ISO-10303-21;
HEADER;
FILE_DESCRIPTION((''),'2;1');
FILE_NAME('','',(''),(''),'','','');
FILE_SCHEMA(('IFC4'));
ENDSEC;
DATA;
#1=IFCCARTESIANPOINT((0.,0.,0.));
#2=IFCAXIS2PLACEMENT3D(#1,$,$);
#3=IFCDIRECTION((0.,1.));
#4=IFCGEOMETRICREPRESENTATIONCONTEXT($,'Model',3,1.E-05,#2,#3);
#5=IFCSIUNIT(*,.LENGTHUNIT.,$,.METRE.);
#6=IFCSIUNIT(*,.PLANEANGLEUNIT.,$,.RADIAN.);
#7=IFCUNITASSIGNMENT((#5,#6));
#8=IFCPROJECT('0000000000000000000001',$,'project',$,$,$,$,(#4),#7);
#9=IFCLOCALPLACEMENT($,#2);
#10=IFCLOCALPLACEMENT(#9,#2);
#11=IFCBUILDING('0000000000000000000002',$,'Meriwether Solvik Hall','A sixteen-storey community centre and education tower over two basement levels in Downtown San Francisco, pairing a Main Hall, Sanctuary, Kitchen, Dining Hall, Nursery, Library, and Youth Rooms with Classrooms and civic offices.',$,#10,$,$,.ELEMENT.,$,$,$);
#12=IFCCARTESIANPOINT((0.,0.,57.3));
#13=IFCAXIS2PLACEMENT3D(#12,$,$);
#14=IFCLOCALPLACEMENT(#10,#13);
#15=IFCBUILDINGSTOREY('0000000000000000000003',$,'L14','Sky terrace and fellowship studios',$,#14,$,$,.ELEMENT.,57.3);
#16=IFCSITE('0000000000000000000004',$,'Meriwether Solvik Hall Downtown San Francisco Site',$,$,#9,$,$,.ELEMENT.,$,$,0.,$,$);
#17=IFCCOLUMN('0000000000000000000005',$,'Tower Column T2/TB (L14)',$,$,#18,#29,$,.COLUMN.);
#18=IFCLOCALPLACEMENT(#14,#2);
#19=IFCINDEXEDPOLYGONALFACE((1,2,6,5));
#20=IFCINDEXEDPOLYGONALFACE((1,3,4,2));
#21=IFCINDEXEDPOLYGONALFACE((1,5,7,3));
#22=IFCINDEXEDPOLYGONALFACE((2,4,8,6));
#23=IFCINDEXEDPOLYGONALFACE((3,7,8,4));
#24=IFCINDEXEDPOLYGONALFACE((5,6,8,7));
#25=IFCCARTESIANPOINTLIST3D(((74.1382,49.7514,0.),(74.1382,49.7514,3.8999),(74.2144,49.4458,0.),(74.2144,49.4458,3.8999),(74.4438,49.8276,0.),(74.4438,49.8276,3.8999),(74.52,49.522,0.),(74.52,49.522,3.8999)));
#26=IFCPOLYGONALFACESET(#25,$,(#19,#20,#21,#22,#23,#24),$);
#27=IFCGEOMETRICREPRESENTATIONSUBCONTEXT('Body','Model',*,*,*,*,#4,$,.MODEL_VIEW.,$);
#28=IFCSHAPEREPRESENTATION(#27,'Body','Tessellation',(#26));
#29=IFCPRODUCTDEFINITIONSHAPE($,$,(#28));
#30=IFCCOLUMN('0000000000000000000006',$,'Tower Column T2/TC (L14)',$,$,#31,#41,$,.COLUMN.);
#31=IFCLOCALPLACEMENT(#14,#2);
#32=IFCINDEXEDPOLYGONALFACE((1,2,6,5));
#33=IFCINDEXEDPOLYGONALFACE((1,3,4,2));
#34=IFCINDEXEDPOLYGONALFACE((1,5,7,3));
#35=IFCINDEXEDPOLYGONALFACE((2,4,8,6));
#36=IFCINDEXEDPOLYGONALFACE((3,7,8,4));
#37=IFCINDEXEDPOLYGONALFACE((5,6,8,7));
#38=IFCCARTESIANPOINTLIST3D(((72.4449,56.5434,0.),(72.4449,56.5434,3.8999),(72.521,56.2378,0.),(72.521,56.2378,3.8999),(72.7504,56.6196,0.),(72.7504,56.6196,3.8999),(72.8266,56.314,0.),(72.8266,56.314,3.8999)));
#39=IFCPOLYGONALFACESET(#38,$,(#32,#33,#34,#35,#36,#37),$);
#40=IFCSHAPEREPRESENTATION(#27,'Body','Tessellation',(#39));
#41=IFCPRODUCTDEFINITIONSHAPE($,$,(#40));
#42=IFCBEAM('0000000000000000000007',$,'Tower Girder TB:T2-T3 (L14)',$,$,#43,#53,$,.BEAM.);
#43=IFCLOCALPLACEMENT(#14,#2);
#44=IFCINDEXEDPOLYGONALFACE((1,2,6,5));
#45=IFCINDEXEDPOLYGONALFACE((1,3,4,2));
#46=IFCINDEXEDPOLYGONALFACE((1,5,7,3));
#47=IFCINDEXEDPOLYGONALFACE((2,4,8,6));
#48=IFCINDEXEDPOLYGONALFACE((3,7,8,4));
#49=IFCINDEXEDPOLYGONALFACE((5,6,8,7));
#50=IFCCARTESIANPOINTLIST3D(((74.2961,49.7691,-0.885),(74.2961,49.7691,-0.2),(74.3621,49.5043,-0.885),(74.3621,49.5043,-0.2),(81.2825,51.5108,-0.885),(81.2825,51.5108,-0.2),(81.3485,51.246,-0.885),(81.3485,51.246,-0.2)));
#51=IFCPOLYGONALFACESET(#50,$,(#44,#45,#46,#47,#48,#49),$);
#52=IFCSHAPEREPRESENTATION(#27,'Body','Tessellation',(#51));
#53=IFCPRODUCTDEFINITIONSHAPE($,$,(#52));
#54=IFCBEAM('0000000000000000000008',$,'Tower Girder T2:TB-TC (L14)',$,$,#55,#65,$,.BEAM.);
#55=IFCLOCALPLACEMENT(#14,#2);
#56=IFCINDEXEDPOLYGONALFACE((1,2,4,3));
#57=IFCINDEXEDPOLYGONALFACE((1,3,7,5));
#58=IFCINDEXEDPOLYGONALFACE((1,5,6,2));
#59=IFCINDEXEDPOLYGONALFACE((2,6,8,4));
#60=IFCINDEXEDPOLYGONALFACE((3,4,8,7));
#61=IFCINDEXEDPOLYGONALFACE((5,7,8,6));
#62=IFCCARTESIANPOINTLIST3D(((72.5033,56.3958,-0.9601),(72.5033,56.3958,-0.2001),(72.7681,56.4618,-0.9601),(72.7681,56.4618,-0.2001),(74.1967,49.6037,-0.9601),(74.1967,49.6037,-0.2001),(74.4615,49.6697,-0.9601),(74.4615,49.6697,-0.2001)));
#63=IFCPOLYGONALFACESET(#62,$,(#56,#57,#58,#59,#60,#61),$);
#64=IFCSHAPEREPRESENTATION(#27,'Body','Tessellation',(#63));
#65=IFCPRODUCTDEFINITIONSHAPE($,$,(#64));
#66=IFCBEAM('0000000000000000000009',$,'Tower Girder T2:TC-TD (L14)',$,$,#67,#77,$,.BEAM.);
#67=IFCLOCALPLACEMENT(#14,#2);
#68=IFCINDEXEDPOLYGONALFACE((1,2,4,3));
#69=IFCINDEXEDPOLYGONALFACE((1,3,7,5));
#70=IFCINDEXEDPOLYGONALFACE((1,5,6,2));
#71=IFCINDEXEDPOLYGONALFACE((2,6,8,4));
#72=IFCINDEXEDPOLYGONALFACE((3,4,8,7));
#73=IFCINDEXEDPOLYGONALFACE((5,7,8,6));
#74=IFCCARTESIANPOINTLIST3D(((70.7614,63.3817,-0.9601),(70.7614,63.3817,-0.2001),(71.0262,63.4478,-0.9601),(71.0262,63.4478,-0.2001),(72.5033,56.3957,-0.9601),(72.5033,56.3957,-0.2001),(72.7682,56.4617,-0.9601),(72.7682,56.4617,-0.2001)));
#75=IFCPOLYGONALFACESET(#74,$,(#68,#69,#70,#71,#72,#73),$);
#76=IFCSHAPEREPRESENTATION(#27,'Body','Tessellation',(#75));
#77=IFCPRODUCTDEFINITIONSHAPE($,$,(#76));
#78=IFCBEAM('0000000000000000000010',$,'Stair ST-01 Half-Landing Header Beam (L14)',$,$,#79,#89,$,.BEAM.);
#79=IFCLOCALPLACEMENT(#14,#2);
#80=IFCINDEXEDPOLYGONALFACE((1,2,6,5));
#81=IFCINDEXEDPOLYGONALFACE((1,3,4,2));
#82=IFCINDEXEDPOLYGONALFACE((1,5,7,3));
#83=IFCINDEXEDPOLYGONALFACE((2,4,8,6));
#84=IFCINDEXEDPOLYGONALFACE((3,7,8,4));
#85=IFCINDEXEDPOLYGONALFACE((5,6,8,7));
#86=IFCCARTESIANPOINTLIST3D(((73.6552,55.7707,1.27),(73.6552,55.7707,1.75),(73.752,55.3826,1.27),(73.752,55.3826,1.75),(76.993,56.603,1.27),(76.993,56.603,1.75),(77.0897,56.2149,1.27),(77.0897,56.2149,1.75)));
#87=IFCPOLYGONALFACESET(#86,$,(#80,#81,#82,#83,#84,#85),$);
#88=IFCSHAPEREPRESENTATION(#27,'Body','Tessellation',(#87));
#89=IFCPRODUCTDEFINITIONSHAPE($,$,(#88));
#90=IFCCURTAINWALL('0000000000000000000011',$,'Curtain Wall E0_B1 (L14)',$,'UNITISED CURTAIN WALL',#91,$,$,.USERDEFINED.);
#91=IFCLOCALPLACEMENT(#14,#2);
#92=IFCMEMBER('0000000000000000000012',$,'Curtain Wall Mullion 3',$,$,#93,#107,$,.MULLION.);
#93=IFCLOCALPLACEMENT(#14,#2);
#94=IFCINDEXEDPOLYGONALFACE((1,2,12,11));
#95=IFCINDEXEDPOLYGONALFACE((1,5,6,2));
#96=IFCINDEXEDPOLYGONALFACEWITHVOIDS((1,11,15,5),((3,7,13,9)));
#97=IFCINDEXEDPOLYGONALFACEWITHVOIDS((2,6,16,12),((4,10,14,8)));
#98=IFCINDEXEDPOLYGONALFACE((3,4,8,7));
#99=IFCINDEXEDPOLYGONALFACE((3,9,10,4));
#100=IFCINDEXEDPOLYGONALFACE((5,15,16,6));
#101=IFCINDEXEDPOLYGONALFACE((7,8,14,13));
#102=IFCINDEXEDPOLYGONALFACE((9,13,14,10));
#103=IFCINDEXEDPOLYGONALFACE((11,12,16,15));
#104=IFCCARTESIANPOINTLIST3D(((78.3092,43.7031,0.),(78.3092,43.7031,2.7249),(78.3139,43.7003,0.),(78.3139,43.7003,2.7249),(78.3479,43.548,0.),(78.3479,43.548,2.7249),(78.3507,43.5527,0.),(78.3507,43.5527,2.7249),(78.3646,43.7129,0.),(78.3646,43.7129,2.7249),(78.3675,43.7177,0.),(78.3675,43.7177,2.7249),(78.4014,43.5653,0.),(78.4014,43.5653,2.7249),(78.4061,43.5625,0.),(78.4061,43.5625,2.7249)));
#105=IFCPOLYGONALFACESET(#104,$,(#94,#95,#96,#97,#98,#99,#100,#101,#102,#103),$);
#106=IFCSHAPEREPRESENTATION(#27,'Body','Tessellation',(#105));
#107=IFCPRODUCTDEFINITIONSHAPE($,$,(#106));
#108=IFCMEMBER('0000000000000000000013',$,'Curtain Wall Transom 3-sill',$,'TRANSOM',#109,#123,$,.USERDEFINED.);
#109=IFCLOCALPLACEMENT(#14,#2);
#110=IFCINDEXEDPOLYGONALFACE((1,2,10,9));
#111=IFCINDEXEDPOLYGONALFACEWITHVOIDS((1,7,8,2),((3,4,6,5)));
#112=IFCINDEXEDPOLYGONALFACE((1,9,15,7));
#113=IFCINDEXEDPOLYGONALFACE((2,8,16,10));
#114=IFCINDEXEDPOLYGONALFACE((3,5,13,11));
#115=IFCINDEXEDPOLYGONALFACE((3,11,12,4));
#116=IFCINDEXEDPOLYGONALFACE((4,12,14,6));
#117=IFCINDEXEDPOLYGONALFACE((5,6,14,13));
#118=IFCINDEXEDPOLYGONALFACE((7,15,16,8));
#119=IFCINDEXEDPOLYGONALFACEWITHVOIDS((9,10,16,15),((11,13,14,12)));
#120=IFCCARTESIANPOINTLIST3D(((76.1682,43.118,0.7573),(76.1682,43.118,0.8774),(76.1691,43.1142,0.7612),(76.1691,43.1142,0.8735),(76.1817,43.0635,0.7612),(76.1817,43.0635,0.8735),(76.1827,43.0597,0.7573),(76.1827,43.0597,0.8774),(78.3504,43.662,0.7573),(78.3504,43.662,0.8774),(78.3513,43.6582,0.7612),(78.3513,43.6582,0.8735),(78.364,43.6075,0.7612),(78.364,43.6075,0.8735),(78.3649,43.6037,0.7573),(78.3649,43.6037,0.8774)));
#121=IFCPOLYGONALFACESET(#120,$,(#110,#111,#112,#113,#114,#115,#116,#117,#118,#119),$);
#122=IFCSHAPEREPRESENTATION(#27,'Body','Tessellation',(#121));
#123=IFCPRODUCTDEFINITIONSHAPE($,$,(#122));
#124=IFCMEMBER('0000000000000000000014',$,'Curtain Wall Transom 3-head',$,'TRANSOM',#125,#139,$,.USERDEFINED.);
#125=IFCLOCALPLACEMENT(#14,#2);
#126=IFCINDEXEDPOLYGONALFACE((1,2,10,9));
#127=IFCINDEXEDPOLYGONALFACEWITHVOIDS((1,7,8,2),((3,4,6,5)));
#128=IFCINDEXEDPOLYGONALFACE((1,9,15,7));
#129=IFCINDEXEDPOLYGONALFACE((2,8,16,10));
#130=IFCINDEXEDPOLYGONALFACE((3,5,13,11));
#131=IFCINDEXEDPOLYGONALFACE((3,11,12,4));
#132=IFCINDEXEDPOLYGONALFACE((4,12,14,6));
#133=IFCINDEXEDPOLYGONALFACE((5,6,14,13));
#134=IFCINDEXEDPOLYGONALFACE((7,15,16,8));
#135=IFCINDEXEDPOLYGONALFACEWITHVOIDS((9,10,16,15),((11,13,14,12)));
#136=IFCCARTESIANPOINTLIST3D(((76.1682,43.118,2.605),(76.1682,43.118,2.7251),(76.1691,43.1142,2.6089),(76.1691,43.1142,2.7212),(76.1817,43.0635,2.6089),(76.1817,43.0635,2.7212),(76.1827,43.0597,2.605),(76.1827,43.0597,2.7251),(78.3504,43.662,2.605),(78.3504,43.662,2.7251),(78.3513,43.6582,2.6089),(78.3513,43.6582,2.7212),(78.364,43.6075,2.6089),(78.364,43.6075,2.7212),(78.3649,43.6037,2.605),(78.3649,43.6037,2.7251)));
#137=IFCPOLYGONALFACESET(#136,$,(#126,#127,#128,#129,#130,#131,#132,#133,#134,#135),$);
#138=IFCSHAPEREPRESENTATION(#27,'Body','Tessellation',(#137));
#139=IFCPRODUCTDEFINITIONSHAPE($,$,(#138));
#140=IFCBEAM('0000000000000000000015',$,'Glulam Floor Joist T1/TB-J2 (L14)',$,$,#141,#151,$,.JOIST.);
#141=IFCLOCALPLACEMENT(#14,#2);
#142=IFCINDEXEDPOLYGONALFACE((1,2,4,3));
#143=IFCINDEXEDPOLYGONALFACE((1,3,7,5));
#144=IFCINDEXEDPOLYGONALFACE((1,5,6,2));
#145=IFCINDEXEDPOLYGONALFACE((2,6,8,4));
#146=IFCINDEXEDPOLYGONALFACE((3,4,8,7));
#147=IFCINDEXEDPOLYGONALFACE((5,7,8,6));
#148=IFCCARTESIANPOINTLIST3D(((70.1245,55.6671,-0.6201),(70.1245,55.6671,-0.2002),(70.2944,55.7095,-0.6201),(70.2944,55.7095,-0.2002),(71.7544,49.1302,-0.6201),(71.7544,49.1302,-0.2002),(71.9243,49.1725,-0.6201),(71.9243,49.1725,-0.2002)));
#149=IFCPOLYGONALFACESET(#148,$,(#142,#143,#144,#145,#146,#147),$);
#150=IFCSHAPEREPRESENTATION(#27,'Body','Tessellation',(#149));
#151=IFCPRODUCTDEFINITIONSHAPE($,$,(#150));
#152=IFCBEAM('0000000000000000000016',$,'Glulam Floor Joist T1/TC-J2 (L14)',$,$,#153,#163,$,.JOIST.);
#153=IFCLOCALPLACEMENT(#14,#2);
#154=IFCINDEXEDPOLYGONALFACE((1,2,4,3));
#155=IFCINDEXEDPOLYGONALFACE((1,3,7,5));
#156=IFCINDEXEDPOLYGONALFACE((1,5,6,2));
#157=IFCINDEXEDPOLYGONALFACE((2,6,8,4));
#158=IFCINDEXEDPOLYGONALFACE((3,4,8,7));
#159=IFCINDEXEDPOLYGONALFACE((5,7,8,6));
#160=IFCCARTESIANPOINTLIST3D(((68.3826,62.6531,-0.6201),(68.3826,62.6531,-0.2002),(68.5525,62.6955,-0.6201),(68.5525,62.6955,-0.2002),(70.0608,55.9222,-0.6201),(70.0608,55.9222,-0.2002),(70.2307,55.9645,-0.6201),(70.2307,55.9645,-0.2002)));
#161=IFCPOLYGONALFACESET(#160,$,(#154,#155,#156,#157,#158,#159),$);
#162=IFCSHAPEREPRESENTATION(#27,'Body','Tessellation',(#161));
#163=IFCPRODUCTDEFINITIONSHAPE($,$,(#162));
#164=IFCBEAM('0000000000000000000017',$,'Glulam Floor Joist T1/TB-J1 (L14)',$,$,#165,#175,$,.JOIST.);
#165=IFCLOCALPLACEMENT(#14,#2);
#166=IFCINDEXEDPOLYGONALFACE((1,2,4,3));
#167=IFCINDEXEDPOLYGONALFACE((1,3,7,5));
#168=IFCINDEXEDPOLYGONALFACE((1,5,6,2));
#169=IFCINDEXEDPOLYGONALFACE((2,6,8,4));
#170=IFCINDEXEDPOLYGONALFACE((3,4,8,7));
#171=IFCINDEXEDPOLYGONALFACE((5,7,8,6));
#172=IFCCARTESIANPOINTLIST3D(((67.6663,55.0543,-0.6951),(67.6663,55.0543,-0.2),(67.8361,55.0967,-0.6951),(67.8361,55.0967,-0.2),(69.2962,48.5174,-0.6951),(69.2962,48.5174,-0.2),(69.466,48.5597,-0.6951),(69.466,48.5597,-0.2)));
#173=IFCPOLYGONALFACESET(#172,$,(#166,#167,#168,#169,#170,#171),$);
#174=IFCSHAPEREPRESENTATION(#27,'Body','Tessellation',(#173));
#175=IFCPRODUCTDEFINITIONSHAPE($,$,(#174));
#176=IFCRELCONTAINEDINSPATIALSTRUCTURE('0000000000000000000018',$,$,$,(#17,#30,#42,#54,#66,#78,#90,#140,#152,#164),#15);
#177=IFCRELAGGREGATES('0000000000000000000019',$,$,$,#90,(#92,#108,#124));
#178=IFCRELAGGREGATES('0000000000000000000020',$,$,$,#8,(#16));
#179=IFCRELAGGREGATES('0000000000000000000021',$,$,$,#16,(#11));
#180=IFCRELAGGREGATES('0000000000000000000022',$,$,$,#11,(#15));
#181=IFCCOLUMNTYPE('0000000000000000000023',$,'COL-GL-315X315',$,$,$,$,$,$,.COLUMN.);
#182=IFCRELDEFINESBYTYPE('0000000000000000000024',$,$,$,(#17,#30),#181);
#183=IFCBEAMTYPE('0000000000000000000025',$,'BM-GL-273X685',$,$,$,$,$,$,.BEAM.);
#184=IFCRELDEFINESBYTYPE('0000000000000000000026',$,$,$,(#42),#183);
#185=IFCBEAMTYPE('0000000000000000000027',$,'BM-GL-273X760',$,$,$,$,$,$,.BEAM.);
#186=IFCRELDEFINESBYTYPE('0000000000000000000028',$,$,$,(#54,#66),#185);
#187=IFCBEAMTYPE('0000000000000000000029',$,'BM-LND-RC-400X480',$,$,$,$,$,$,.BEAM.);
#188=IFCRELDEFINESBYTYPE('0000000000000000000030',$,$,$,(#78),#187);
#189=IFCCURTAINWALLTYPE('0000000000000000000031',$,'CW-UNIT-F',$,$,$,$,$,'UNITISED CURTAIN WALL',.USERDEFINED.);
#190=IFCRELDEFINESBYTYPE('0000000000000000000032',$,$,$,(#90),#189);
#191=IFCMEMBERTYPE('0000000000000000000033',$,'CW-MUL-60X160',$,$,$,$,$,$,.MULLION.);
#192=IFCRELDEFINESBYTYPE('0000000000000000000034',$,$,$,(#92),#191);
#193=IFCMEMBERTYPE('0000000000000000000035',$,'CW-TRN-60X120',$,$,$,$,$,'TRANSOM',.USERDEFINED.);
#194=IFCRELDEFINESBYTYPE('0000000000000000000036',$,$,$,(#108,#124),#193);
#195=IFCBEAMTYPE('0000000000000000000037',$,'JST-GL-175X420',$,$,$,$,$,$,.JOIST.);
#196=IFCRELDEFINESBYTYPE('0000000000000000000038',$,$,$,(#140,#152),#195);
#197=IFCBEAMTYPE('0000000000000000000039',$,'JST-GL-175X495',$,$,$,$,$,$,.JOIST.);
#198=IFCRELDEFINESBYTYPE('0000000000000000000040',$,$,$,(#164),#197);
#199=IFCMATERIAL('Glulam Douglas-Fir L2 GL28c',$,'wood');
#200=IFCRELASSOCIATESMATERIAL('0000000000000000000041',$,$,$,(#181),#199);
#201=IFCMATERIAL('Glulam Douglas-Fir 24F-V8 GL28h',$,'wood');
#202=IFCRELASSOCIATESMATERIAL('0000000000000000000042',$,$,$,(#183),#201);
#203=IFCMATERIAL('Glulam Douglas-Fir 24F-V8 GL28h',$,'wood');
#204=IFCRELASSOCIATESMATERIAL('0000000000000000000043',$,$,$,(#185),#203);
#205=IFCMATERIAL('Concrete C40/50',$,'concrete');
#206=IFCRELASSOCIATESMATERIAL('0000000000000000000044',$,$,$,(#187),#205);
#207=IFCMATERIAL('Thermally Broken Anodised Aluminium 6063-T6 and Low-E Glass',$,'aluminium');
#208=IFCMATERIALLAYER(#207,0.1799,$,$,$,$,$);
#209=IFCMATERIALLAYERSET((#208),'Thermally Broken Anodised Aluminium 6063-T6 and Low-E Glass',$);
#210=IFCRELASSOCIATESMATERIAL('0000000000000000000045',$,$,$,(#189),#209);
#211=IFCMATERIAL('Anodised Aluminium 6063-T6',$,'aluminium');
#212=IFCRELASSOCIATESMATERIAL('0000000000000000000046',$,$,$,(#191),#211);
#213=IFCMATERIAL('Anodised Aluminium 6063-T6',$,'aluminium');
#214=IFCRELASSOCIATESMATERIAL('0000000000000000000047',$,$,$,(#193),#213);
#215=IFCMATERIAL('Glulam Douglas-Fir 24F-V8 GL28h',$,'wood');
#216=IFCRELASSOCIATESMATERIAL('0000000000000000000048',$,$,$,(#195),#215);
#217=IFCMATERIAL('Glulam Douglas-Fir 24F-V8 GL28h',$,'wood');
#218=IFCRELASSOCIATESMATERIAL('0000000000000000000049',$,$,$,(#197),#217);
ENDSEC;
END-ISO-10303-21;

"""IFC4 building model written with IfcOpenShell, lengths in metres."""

from ifc_helpers import new_model, si_unit, direction, frame, origin, origin_2d, place, context, subcontext, project, spatial, rectangle, hollow_rectangle, extrude, material, layer, layer_set, material_profile, profile_set, type_object, element, aggregate, save


model = new_model("IFC4")

# Units and contexts
model_context = context("Model", 3, precision=1e-05, world=origin(), true_north=direction((0.0, 1.0)))
body_context = subcontext(model_context, "Body", "Model", "MODEL_VIEW")
ifc_project = project(units=[si_unit("LENGTHUNIT", "METRE"), si_unit("PLANEANGLEUNIT", "RADIAN")], contexts=[model_context])

# Site, building, storey
site_placement = place(None, origin())
site = spatial("IfcSite", under=ifc_project, at=site_placement, Name="Meriwether Solvik Hall Downtown San Francisco Site", CompositionType="ELEMENT", RefElevation=0.0)
building_placement = place(site_placement, origin())
building = spatial("IfcBuilding", under=site, at=building_placement, Name="Meriwether Solvik Hall", Description="A sixteen-storey community centre and education tower over two basement levels in Downtown San Francisco, pairing a Main Hall, Sanctuary, Kitchen, Dining Hall, Nursery, Library, and Youth Rooms with Classrooms and civic offices.", CompositionType="ELEMENT")
storey_placement = place(building_placement, frame((0.0, 0.0, 57.3)))
storey = spatial("IfcBuildingStorey", under=building, at=storey_placement, Name="L14", Description="Sky terrace and fellowship studios", CompositionType="ELEMENT", Elevation=57.3)

# Columns
ifc_material_1 = material(Name="Glulam Douglas-Fir L2 GL28c", Category="wood")
ifc_material_profile_1 = material_profile(ifc_material_1, rectangle(XDim=0.3149, YDim=0.3149, at=origin_2d()), Name="GLC-315X315")
ifc_profile_set_1 = profile_set([ifc_material_profile_1], Name="Glulam Douglas-Fir L2 GL28c")
column_type = type_object("IfcColumnType", Name="COL-GL-315X315", PredefinedType="COLUMN", material=ifc_profile_set_1)
for number, where, z_axis, x_axis, name in (
    (1, (74.3291, 49.6367, 0.0), (0.0, 0.0, 1.0), (0.970296, 0.241922, 0.0), "Tower Column T2/TB (L14)"),
    (2, (72.6357, 56.4287, 0.0), (0.0, 0.0, 1.0), (0.970296, 0.241922, 0.0), "Tower Column T2/TC (L14)"),
):
    element("IfcColumn", number, at=place(storey_placement, frame(where, z_axis=z_axis, x_axis=x_axis)), inside=storey, type_object=column_type, Name=name, PredefinedType="COLUMN", context=body_context, shape_type="SweptSolid", body=[
        extrude(rectangle(XDim=0.3149, YDim=0.3149, at=origin_2d()), origin(), (0.0, 0.0, 1.0), 3.8999),
    ])

# Beams
ifc_material_2 = material(Name="Glulam Douglas-Fir 24F-V8 GL28h", Category="wood")
ifc_material_profile_2 = material_profile(ifc_material_2, rectangle(XDim=0.2729, YDim=0.6851, at=origin_2d()), Name="GLB-273X685")
ifc_profile_set_2 = profile_set([ifc_material_profile_2], Name="Glulam Douglas-Fir 24F-V8 GL28h")
beam_type_1 = type_object("IfcBeamType", Name="BM-GL-273X685", PredefinedType="BEAM", material=ifc_profile_set_2)
beam_1_placement = place(storey_placement, frame((74.3291, 49.6367, -0.5425), z_axis=(0.970302, 0.241897, 0.0), x_axis=(-0.241897, 0.970302, 0.0)))
element("IfcBeam", 3, at=beam_1_placement, inside=storey, type_object=beam_type_1, Name="Tower Girder TB:T2-T3 (L14)", PredefinedType="BEAM", context=body_context, shape_type="SweptSolid", body=[
    extrude(rectangle(XDim=0.2729, YDim=0.6851, at=origin_2d()), origin(), (0.0, 0.0, 1.0), 7.2002),
])
ifc_material_3 = material(Name="Glulam Douglas-Fir 24F-V8 GL28h", Category="wood")
ifc_material_profile_3 = material_profile(ifc_material_3, rectangle(XDim=0.2729, YDim=0.76, at=origin_2d()), Name="GLB-273X760")
ifc_profile_set_3 = profile_set([ifc_material_profile_3], Name="Glulam Douglas-Fir 24F-V8 GL28h")
beam_type_2 = type_object("IfcBeamType", Name="BM-GL-273X760", PredefinedType="BEAM", material=ifc_profile_set_3)
beam_2_placement = place(storey_placement, frame((74.3291, 49.6367, -0.5801), z_axis=(-0.241912, 0.970298, 0.0), x_axis=(-0.970298, -0.241912, 0.0)))
element("IfcBeam", 4, at=beam_2_placement, inside=storey, type_object=beam_type_2, Name="Tower Girder T2:TB-TC (L14)", PredefinedType="BEAM", context=body_context, shape_type="SweptSolid", body=[
    extrude(rectangle(XDim=0.2729, YDim=0.76, at=origin_2d()), origin(), (0.0, 0.0, 1.0), 7.0),
])
beam_3_placement = place(storey_placement, frame((72.6357, 56.4287, -0.5801), z_axis=(-0.241937, 0.970292, 0.0), x_axis=(-0.970292, -0.241937, 0.0)))
element("IfcBeam", 5, at=beam_3_placement, inside=storey, type_object=beam_type_2, Name="Tower Girder T2:TC-TD (L14)", PredefinedType="BEAM", context=body_context, shape_type="SweptSolid", body=[
    extrude(rectangle(XDim=0.2729, YDim=0.76, at=origin_2d()), origin(), (0.0, 0.0, 1.0), 7.2),
])
ifc_material_4 = material(Name="Concrete C40/50", Category="concrete")
ifc_material_profile_4 = material_profile(ifc_material_4, rectangle(XDim=0.3999, YDim=0.48, at=origin_2d()), Name="RCB-400X480")
ifc_profile_set_4 = profile_set([ifc_material_profile_4], Name="Concrete C40/50")
beam_type_3 = type_object("IfcBeamType", Name="BM-LND-RC-400X480", PredefinedType="BEAM", material=ifc_profile_set_4)
beam_4_placement = place(storey_placement, frame((73.7036, 55.5767, 1.51), z_axis=(0.970288, 0.241951, 0.0), x_axis=(-0.241951, 0.970288, 0.0)))
element("IfcBeam", 6, at=beam_4_placement, inside=storey, type_object=beam_type_3, Name="Stair ST-01 Half-Landing Header Beam (L14)", PredefinedType="BEAM", context=body_context, shape_type="SweptSolid", body=[
    extrude(rectangle(XDim=0.3999, YDim=0.48, at=origin_2d()), origin(), (0.0, 0.0, 1.0), 3.4399),
])

# Curtain wall, members
ifc_material_5 = material(Name="Thermally Broken Anodised Aluminium 6063-T6 and Low-E Glass", Category="aluminium")
ifc_layer_1 = layer(ifc_material_5, 0.1799)
ifc_layer_set_1 = layer_set([ifc_layer_1], Name="Thermally Broken Anodised Aluminium 6063-T6 and Low-E Glass")
curtain_wall_type = type_object("IfcCurtainWallType", Name="CW-UNIT-F", ElementType="UNITISED CURTAIN WALL", PredefinedType="USERDEFINED", material=ifc_layer_set_1)
curtain_wall_placement = place(storey_placement, origin())
curtain_wall = element("IfcCurtainWall", 7, at=curtain_wall_placement, inside=storey, type_object=curtain_wall_type, Name="Curtain Wall E0_B1 (L14)", ObjectType="UNITISED CURTAIN WALL", PredefinedType="USERDEFINED")
ifc_material_6 = material(Name="Anodised Aluminium 6063-T6", Category="aluminium")
ifc_material_profile_5 = material_profile(ifc_material_6, hollow_rectangle(XDim=0.0601, YDim=0.1599, WallThickness=0.0039, at=origin_2d()), Name="CWM-60X160")
ifc_profile_set_5 = profile_set([ifc_material_profile_5], Name="Anodised Aluminium 6063-T6")
member_type_1 = type_object("IfcMemberType", Name="CW-MUL-60X160", PredefinedType="MULLION", material=ifc_profile_set_5)
member_1_placement = place(storey_placement, frame((78.3577, 43.6328, 0.0), z_axis=(0.0, 0.0, 1.0), x_axis=(-0.970296, -0.241922, 0.0)))
member_1 = element("IfcMember", 8, at=member_1_placement, type_object=member_type_1, Name="Curtain Wall Mullion 3", PredefinedType="MULLION", context=body_context, shape_type="SweptSolid", body=[
    extrude(hollow_rectangle(XDim=0.0601, YDim=0.1599, WallThickness=0.0039, at=origin_2d()), origin(), (0.0, 0.0, 1.0), 2.7249),
])
ifc_material_7 = material(Name="Anodised Aluminium 6063-T6", Category="aluminium")
ifc_material_profile_6 = material_profile(ifc_material_7, hollow_rectangle(XDim=0.0601, YDim=0.1201, WallThickness=0.0039, at=origin_2d()), Name="CWT-60X120")
ifc_profile_set_6 = profile_set([ifc_material_profile_6], Name="Anodised Aluminium 6063-T6")
member_type_2 = type_object("IfcMemberType", Name="CW-TRN-60X120", ElementType="TRANSOM", PredefinedType="USERDEFINED", material=ifc_profile_set_6)
member_2_placement = place(storey_placement, frame((78.3577, 43.6328, 0.8174), z_axis=(-0.970308, -0.241871, 0.0), x_axis=(0.241871, -0.970308, 0.0)))
member_2 = element("IfcMember", 9, at=member_2_placement, type_object=member_type_2, Name="Curtain Wall Transom 3-sill", ObjectType="TRANSOM", PredefinedType="USERDEFINED", context=body_context, shape_type="SweptSolid", body=[
    extrude(hollow_rectangle(XDim=0.0601, YDim=0.1201, WallThickness=0.0039, at=origin_2d()), origin(), (0.0, 0.0, 1.0), 2.249),
])
member_3_placement = place(storey_placement, frame((78.3577, 43.6328, 2.665), z_axis=(-0.970308, -0.241871, 0.0), x_axis=(0.241871, -0.970308, 0.0)))
member_3 = element("IfcMember", 10, at=member_3_placement, type_object=member_type_2, Name="Curtain Wall Transom 3-head", ObjectType="TRANSOM", PredefinedType="USERDEFINED", context=body_context, shape_type="SweptSolid", body=[
    extrude(hollow_rectangle(XDim=0.0601, YDim=0.1201, WallThickness=0.0039, at=origin_2d()), origin(), (0.0, 0.0, 1.0), 2.249),
])
aggregate(curtain_wall, [member_1, member_2, member_3])

# Beams
ifc_material_8 = material(Name="Glulam Douglas-Fir 24F-V8 GL28h", Category="wood")
ifc_material_profile_7 = material_profile(ifc_material_8, rectangle(XDim=0.175, YDim=0.4199, at=origin_2d()), Name="GLJ-175X420")
ifc_profile_set_7 = profile_set([ifc_material_profile_7], Name="Glulam Douglas-Fir 24F-V8 GL28h")
beam_type_4 = type_object("IfcBeamType", Name="JST-GL-175X420", PredefinedType="JOIST", material=ifc_profile_set_7)
beam_5_placement = place(storey_placement, frame((71.8394, 49.1514, -0.4102), z_axis=(-0.24193, 0.970294, 0.0), x_axis=(-0.970294, -0.24193, 0.0)))
element("IfcBeam", 11, at=beam_5_placement, inside=storey, type_object=beam_type_4, Name="Glulam Floor Joist T1/TB-J2 (L14)", PredefinedType="JOIST", context=body_context, shape_type="SweptSolid", body=[
    extrude(rectangle(XDim=0.175, YDim=0.4199, at=origin_2d()), origin(), (0.0, 0.0, 1.0), 6.7371),
])
beam_6_placement = place(storey_placement, frame((70.1458, 55.9434, -0.4102), z_axis=(-0.241923, 0.970296, 0.0), x_axis=(-0.970296, -0.241923, 0.0)))
element("IfcBeam", 12, at=beam_6_placement, inside=storey, type_object=beam_type_4, Name="Glulam Floor Joist T1/TC-J2 (L14)", PredefinedType="JOIST", context=body_context, shape_type="SweptSolid", body=[
    extrude(rectangle(XDim=0.175, YDim=0.4199, at=origin_2d()), origin(), (0.0, 0.0, 1.0), 6.937),
])
ifc_material_9 = material(Name="Glulam Douglas-Fir 24F-V8 GL28h", Category="wood")
ifc_material_profile_8 = material_profile(ifc_material_9, rectangle(XDim=0.175, YDim=0.4951, at=origin_2d()), Name="GLJ-175X495")
ifc_profile_set_8 = profile_set([ifc_material_profile_8], Name="Glulam Douglas-Fir 24F-V8 GL28h")
beam_type_5 = type_object("IfcBeamType", Name="JST-GL-175X495", PredefinedType="JOIST", material=ifc_profile_set_8)
beam_7_placement = place(storey_placement, frame((69.3811, 48.5386, -0.4475), z_axis=(-0.24193, 0.970294, 0.0), x_axis=(-0.970294, -0.24193, 0.0)))
element("IfcBeam", 13, at=beam_7_placement, inside=storey, type_object=beam_type_5, Name="Glulam Floor Joist T1/TB-J1 (L14)", PredefinedType="JOIST", context=body_context, shape_type="SweptSolid", body=[
    extrude(rectangle(XDim=0.175, YDim=0.4951, at=origin_2d()), origin(), (0.0, 0.0, 1.0), 6.7371),
])

save(model, "model.ifc")
